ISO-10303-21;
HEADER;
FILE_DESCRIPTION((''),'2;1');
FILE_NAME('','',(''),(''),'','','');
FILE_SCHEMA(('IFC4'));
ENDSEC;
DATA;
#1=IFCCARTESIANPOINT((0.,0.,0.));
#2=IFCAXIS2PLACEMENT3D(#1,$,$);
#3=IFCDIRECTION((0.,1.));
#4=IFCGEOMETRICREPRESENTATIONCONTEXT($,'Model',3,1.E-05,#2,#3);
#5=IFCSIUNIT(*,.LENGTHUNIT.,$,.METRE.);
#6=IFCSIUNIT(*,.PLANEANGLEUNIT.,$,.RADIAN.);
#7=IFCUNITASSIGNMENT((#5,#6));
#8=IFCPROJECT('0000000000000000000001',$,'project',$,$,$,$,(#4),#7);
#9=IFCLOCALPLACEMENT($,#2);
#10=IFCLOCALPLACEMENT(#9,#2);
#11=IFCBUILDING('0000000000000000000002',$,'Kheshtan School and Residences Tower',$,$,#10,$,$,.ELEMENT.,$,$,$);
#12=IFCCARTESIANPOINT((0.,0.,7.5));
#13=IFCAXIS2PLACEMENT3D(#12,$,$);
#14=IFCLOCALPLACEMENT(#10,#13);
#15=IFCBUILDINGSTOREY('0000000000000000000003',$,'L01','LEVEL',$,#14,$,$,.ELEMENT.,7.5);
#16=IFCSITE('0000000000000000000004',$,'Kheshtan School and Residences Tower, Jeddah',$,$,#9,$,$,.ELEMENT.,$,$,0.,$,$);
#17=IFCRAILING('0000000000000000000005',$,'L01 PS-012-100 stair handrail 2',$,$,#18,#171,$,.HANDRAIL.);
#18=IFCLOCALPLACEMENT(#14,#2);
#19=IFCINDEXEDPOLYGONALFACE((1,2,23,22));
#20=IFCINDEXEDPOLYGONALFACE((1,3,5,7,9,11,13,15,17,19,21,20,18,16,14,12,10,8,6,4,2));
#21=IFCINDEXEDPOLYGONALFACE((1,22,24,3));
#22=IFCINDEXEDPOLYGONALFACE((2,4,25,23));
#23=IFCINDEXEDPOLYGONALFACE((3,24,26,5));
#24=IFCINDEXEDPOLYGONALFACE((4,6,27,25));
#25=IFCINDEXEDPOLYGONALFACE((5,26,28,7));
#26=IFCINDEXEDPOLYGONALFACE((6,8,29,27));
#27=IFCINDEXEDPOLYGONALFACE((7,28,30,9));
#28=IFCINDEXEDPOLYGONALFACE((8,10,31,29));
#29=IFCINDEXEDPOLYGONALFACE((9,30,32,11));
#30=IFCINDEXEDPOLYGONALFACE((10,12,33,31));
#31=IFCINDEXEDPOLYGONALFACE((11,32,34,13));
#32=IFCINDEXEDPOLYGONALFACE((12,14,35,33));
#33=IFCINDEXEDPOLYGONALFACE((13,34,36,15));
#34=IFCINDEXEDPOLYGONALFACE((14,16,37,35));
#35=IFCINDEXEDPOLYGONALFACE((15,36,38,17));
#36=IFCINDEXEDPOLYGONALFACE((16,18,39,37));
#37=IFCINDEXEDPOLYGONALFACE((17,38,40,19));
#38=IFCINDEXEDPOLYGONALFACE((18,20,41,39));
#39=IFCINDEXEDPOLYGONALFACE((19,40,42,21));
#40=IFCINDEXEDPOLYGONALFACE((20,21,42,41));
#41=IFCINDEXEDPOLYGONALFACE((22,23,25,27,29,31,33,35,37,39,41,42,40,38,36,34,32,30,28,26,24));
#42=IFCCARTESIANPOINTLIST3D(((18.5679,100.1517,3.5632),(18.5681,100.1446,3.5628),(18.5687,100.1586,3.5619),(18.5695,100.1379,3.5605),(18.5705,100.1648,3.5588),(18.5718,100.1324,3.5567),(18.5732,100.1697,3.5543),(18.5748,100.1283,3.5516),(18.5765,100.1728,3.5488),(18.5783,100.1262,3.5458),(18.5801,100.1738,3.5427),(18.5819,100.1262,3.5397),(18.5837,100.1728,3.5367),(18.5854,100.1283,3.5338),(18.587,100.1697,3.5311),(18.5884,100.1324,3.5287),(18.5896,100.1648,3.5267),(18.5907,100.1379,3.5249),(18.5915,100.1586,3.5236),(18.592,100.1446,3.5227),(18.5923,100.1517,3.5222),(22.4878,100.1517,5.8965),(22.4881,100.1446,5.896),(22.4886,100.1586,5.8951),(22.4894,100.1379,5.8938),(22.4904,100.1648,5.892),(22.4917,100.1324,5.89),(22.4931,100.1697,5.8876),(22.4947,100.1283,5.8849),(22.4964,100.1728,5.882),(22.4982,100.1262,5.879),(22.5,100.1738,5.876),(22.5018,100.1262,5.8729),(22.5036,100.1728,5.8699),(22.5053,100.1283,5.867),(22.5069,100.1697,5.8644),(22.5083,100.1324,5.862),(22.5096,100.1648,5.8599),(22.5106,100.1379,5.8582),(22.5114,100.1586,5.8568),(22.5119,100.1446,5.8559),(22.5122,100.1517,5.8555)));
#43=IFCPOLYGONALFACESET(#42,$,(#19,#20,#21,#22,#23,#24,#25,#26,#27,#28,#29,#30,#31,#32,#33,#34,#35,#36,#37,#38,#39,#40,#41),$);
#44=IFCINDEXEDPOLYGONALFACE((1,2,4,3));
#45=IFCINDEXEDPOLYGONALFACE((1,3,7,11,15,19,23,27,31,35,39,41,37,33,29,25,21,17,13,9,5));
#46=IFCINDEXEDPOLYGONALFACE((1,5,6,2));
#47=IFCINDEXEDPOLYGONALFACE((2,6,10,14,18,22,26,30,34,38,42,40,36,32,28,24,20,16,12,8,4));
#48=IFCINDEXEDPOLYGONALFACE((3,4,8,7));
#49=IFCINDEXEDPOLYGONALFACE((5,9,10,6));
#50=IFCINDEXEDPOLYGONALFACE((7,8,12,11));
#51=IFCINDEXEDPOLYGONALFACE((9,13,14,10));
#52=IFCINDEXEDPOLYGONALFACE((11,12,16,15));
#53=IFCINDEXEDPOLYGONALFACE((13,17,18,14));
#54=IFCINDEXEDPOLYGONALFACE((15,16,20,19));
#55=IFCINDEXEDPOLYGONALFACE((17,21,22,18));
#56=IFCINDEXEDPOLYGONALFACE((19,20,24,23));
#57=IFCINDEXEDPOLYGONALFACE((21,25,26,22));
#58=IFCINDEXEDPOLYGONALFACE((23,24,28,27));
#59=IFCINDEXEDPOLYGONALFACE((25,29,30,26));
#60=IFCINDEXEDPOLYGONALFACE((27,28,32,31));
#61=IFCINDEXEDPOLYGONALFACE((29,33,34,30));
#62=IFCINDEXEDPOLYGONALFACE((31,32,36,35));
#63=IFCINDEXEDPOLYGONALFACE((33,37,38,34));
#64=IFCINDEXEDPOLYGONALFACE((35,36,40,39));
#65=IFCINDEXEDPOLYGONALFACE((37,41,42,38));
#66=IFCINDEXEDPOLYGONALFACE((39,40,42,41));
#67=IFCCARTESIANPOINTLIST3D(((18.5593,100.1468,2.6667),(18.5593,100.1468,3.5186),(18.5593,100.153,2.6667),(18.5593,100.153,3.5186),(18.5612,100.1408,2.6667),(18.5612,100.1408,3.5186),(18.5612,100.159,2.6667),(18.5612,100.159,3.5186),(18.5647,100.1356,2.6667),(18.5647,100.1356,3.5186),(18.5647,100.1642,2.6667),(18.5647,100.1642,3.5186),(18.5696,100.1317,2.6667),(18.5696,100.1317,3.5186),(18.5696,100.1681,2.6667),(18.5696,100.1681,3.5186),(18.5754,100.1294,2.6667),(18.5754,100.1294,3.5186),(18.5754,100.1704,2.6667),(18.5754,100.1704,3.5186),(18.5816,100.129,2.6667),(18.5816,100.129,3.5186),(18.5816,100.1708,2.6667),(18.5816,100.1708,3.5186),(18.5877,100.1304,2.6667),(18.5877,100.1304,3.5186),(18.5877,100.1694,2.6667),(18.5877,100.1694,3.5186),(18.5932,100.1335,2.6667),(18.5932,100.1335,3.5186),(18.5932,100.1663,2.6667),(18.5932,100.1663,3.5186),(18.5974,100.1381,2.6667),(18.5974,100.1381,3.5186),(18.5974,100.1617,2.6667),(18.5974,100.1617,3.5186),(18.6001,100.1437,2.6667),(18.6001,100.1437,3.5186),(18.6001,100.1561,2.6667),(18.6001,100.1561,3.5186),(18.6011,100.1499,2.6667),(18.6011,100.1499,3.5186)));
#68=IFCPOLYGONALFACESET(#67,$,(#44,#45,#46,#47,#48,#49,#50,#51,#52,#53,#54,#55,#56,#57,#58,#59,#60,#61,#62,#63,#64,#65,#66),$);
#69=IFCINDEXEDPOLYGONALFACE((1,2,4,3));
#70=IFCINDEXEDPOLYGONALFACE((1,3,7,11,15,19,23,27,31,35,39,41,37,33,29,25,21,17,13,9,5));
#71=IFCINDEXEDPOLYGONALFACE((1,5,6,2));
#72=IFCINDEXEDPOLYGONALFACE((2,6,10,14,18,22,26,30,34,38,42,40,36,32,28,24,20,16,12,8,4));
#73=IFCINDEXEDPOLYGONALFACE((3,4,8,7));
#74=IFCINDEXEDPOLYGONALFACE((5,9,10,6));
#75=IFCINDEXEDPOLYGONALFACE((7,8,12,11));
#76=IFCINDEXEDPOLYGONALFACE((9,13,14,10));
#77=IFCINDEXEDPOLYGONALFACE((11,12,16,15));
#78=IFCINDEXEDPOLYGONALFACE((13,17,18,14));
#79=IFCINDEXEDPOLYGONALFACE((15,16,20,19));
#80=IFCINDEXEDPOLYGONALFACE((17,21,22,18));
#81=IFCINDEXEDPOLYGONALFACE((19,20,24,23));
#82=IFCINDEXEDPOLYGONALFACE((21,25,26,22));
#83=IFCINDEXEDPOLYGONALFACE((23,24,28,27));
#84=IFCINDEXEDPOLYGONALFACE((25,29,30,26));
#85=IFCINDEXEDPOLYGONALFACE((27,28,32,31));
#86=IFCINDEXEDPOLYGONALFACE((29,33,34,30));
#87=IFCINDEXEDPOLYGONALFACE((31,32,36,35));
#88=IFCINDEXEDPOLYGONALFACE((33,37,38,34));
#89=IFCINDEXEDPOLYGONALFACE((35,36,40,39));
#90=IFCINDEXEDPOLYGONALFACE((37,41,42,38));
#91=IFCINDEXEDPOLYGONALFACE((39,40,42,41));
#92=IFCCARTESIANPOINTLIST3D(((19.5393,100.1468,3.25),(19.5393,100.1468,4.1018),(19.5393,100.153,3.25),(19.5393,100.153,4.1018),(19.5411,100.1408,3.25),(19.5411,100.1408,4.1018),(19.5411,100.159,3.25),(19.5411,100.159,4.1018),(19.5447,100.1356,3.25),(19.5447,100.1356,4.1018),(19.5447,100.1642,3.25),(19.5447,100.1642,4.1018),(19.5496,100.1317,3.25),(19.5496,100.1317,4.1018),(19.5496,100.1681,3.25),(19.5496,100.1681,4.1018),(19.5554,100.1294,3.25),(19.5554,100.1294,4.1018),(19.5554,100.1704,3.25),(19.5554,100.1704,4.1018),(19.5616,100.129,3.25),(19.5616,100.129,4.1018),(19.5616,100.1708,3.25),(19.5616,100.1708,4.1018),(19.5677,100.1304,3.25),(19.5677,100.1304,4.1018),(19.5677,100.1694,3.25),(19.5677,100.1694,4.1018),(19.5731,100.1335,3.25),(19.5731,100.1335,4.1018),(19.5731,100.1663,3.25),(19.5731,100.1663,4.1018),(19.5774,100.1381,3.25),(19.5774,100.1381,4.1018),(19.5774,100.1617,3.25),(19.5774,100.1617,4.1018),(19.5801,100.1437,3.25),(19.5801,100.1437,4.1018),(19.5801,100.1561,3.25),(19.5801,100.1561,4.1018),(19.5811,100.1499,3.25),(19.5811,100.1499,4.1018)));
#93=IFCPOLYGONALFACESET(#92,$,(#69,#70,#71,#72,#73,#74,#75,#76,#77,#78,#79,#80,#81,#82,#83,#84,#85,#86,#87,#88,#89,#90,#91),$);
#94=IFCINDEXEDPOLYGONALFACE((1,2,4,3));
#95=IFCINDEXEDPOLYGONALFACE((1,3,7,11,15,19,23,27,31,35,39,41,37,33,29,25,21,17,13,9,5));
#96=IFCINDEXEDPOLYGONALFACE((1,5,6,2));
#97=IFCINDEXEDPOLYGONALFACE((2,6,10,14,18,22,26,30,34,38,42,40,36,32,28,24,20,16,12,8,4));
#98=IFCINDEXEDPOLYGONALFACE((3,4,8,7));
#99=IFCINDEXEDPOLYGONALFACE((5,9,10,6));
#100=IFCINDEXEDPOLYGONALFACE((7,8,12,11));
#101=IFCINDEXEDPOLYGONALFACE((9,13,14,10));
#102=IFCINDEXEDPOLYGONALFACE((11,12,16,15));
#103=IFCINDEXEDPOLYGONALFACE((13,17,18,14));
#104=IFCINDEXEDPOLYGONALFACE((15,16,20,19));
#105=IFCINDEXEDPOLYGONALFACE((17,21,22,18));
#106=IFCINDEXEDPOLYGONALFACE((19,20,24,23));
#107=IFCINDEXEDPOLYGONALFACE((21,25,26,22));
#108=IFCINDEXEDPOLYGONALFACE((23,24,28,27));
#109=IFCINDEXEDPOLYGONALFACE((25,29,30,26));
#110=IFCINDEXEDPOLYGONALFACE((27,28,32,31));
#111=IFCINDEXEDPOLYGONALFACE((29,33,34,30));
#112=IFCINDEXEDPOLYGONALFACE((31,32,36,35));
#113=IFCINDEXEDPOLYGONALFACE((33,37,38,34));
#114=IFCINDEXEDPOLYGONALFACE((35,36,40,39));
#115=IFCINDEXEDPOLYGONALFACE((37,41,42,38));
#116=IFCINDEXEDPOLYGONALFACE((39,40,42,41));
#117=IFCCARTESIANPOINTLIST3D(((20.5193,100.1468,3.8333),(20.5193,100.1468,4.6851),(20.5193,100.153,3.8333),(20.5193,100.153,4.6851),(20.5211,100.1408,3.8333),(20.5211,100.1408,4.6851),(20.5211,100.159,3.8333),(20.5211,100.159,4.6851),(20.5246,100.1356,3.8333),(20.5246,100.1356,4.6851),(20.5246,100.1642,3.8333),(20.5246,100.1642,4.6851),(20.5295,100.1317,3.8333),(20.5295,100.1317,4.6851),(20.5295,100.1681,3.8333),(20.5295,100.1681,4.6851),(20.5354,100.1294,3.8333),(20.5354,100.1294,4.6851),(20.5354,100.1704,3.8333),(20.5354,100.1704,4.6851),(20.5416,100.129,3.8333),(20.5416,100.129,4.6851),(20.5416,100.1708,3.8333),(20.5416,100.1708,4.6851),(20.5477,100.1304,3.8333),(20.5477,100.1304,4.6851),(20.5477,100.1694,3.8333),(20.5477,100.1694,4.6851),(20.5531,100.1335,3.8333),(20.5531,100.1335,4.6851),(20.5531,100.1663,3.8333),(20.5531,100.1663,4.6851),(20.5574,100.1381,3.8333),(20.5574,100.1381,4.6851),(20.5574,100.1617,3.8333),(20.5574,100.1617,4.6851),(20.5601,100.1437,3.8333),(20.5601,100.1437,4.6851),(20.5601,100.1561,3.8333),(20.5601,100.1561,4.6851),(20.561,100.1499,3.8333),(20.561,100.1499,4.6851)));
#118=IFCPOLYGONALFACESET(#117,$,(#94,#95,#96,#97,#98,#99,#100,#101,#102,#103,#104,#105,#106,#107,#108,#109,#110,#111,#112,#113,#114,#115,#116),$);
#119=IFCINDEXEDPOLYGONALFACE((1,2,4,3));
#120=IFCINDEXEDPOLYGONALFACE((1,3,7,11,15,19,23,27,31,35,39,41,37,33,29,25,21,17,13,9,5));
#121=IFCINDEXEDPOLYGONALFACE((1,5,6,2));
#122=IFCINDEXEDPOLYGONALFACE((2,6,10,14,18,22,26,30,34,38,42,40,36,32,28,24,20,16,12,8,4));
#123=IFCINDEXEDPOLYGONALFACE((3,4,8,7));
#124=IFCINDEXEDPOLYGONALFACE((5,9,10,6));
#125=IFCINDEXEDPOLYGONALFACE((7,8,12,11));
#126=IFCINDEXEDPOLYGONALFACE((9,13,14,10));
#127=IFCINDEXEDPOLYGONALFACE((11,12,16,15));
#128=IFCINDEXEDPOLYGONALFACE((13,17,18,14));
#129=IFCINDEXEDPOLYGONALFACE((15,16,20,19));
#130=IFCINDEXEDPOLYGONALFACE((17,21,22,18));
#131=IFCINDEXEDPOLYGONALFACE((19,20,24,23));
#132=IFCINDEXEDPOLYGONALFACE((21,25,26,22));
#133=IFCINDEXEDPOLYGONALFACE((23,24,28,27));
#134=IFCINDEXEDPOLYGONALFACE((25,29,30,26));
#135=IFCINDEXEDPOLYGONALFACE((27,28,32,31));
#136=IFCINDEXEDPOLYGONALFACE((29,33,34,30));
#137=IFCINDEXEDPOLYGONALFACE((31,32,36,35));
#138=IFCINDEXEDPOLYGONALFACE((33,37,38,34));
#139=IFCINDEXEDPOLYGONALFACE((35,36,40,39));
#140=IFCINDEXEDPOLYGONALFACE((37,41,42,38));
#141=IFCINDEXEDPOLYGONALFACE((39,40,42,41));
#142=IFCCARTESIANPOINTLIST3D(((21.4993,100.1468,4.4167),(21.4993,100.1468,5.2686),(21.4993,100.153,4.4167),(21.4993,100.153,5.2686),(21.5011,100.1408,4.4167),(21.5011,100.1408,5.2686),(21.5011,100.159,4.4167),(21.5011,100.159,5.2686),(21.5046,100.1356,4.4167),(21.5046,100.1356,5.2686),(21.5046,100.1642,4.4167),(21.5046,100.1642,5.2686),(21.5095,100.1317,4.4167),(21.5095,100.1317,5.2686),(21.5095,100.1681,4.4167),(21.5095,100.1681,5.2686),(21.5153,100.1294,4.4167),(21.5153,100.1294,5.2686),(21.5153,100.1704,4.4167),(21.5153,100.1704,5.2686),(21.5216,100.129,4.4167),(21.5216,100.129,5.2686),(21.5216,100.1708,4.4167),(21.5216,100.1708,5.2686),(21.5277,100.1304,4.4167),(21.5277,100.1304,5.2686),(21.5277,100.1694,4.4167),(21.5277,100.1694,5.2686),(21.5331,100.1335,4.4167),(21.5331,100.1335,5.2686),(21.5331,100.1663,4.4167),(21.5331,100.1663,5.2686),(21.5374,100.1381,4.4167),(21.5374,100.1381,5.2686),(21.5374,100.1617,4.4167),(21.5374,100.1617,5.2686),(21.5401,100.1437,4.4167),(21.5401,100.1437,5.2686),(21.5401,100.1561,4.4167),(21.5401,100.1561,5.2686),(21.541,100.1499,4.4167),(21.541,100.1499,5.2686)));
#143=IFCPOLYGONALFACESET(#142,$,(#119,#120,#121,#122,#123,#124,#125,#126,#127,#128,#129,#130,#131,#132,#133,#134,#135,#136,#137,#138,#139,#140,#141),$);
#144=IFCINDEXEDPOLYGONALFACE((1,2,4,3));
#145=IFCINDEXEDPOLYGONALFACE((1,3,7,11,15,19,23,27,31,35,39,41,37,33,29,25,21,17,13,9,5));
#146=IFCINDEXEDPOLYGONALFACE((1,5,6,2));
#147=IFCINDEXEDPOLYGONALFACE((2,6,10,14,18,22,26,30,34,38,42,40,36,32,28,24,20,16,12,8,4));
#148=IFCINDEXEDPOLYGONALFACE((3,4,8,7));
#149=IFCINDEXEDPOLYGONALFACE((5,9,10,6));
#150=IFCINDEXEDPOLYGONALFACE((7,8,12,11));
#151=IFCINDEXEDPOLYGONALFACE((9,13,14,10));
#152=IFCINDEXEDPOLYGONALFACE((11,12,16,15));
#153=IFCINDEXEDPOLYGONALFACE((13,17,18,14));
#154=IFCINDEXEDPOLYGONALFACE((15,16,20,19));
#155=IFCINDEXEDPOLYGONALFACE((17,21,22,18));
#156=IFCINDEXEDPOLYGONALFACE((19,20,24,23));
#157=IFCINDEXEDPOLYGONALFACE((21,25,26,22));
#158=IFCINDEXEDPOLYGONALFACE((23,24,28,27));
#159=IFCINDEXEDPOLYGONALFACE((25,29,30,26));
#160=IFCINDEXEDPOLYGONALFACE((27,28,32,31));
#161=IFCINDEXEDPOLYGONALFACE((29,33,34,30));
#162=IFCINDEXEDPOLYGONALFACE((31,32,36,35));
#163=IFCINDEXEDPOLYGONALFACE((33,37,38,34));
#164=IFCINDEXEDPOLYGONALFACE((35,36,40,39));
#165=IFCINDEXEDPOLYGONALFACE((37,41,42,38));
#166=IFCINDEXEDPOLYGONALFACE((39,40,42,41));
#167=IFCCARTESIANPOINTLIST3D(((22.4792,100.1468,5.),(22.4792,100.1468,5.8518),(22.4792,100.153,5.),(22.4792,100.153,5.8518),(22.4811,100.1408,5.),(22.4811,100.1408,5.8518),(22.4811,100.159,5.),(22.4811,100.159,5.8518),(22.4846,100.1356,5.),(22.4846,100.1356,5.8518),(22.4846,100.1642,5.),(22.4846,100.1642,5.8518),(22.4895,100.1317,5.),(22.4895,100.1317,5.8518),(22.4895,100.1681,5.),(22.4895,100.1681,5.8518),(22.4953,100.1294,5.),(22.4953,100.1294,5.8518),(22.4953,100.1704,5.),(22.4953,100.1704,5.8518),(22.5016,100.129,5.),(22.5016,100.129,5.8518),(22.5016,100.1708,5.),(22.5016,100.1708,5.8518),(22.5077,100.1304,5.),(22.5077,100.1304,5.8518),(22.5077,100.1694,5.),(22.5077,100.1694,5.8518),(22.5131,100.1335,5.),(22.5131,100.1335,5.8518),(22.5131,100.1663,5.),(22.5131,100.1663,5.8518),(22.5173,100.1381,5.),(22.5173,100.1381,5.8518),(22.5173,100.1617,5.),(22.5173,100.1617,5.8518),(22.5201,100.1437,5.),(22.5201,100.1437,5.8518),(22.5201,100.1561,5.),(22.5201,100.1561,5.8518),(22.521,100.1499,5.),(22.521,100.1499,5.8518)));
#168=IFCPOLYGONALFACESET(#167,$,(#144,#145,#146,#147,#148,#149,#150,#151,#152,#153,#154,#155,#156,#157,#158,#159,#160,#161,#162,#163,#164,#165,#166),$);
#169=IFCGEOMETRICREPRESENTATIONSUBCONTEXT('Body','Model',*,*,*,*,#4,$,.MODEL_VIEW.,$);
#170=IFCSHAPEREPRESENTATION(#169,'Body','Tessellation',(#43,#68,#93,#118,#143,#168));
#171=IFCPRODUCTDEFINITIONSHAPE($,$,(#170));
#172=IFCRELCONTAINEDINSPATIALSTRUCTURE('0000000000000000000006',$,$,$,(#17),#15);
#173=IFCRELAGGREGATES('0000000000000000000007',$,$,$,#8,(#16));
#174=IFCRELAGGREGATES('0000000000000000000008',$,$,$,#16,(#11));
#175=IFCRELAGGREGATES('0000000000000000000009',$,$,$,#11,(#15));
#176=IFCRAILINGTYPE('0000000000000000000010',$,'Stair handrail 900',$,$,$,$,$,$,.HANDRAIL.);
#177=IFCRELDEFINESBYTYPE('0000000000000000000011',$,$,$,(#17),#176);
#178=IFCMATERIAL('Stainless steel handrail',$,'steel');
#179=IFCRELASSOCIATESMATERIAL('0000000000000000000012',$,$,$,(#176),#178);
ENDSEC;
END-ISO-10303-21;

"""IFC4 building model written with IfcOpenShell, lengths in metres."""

from ifc_helpers import new_model, si_unit, direction, frame, origin, origin_2d, place, context, subcontext, project, spatial, circle, extrude, material, type_object, element, save


model = new_model("IFC4")

# Units and contexts
model_context = context("Model", 3, precision=1e-05, world=origin(), true_north=direction((0.0, 1.0)))
body_context = subcontext(model_context, "Body", "Model", "MODEL_VIEW")
ifc_project = project(units=[si_unit("LENGTHUNIT", "METRE"), si_unit("PLANEANGLEUNIT", "RADIAN")], contexts=[model_context])

# Site, building, storey
site_placement = place(None, origin())
site = spatial("IfcSite", under=ifc_project, at=site_placement, Name="Kheshtan School and Residences Tower, Jeddah", CompositionType="ELEMENT", RefElevation=0.0)
building_placement = place(site_placement, origin())
building = spatial("IfcBuilding", under=site, at=building_placement, Name="Kheshtan School and Residences Tower", CompositionType="ELEMENT")
storey_placement = place(building_placement, frame((0.0, 0.0, 7.5)))
storey = spatial("IfcBuildingStorey", under=building, at=storey_placement, Name="L01", Description="LEVEL", CompositionType="ELEMENT", Elevation=7.5)

# Railing
ifc_material_1 = material(Name="Stainless steel handrail", Category="steel")
railing_type_1 = type_object("IfcRailingType", Name="Stair handrail 900", PredefinedType="HANDRAIL", material=ifc_material_1)
railing_1_placement = place(storey_placement, frame((18.5801, 100.1499, 2.6667)))
element("IfcRailing", 1, at=railing_1_placement, inside=storey, type_object=railing_type_1, Name="L01 PS-012-100 stair handrail 2", PredefinedType="HANDRAIL", context=body_context, shape_type="SweptSolid", body=[
    extrude(circle(Radius=0.0239, at=origin_2d()), frame((0.0, 0.0, 0.876), z_axis=(0.859296, 0.0, 0.511478), x_axis=(0.0, 1.0, 0.0)), (0.0, 0.0, 1.0), 4.5618),
    extrude(circle(Radius=0.021, at=origin_2d()), origin(), (0.0, 0.0, 1.0), 0.8518),
    extrude(circle(Radius=0.021, at=origin_2d()), frame((0.98, 0.0, 0.5833)), (0.0, 0.0, 1.0), 0.8518),
    extrude(circle(Radius=0.021, at=origin_2d()), frame((1.96, 0.0, 1.1665)), (0.0, 0.0, 1.0), 0.8518),
    extrude(circle(Radius=0.021, at=origin_2d()), frame((2.9399, 0.0, 1.75)), (0.0, 0.0, 1.0), 0.8518),
    extrude(circle(Radius=0.021, at=origin_2d()), frame((3.9199, 0.0, 2.3333)), (0.0, 0.0, 1.0), 0.8518),
])

save(model, "model.ifc")
